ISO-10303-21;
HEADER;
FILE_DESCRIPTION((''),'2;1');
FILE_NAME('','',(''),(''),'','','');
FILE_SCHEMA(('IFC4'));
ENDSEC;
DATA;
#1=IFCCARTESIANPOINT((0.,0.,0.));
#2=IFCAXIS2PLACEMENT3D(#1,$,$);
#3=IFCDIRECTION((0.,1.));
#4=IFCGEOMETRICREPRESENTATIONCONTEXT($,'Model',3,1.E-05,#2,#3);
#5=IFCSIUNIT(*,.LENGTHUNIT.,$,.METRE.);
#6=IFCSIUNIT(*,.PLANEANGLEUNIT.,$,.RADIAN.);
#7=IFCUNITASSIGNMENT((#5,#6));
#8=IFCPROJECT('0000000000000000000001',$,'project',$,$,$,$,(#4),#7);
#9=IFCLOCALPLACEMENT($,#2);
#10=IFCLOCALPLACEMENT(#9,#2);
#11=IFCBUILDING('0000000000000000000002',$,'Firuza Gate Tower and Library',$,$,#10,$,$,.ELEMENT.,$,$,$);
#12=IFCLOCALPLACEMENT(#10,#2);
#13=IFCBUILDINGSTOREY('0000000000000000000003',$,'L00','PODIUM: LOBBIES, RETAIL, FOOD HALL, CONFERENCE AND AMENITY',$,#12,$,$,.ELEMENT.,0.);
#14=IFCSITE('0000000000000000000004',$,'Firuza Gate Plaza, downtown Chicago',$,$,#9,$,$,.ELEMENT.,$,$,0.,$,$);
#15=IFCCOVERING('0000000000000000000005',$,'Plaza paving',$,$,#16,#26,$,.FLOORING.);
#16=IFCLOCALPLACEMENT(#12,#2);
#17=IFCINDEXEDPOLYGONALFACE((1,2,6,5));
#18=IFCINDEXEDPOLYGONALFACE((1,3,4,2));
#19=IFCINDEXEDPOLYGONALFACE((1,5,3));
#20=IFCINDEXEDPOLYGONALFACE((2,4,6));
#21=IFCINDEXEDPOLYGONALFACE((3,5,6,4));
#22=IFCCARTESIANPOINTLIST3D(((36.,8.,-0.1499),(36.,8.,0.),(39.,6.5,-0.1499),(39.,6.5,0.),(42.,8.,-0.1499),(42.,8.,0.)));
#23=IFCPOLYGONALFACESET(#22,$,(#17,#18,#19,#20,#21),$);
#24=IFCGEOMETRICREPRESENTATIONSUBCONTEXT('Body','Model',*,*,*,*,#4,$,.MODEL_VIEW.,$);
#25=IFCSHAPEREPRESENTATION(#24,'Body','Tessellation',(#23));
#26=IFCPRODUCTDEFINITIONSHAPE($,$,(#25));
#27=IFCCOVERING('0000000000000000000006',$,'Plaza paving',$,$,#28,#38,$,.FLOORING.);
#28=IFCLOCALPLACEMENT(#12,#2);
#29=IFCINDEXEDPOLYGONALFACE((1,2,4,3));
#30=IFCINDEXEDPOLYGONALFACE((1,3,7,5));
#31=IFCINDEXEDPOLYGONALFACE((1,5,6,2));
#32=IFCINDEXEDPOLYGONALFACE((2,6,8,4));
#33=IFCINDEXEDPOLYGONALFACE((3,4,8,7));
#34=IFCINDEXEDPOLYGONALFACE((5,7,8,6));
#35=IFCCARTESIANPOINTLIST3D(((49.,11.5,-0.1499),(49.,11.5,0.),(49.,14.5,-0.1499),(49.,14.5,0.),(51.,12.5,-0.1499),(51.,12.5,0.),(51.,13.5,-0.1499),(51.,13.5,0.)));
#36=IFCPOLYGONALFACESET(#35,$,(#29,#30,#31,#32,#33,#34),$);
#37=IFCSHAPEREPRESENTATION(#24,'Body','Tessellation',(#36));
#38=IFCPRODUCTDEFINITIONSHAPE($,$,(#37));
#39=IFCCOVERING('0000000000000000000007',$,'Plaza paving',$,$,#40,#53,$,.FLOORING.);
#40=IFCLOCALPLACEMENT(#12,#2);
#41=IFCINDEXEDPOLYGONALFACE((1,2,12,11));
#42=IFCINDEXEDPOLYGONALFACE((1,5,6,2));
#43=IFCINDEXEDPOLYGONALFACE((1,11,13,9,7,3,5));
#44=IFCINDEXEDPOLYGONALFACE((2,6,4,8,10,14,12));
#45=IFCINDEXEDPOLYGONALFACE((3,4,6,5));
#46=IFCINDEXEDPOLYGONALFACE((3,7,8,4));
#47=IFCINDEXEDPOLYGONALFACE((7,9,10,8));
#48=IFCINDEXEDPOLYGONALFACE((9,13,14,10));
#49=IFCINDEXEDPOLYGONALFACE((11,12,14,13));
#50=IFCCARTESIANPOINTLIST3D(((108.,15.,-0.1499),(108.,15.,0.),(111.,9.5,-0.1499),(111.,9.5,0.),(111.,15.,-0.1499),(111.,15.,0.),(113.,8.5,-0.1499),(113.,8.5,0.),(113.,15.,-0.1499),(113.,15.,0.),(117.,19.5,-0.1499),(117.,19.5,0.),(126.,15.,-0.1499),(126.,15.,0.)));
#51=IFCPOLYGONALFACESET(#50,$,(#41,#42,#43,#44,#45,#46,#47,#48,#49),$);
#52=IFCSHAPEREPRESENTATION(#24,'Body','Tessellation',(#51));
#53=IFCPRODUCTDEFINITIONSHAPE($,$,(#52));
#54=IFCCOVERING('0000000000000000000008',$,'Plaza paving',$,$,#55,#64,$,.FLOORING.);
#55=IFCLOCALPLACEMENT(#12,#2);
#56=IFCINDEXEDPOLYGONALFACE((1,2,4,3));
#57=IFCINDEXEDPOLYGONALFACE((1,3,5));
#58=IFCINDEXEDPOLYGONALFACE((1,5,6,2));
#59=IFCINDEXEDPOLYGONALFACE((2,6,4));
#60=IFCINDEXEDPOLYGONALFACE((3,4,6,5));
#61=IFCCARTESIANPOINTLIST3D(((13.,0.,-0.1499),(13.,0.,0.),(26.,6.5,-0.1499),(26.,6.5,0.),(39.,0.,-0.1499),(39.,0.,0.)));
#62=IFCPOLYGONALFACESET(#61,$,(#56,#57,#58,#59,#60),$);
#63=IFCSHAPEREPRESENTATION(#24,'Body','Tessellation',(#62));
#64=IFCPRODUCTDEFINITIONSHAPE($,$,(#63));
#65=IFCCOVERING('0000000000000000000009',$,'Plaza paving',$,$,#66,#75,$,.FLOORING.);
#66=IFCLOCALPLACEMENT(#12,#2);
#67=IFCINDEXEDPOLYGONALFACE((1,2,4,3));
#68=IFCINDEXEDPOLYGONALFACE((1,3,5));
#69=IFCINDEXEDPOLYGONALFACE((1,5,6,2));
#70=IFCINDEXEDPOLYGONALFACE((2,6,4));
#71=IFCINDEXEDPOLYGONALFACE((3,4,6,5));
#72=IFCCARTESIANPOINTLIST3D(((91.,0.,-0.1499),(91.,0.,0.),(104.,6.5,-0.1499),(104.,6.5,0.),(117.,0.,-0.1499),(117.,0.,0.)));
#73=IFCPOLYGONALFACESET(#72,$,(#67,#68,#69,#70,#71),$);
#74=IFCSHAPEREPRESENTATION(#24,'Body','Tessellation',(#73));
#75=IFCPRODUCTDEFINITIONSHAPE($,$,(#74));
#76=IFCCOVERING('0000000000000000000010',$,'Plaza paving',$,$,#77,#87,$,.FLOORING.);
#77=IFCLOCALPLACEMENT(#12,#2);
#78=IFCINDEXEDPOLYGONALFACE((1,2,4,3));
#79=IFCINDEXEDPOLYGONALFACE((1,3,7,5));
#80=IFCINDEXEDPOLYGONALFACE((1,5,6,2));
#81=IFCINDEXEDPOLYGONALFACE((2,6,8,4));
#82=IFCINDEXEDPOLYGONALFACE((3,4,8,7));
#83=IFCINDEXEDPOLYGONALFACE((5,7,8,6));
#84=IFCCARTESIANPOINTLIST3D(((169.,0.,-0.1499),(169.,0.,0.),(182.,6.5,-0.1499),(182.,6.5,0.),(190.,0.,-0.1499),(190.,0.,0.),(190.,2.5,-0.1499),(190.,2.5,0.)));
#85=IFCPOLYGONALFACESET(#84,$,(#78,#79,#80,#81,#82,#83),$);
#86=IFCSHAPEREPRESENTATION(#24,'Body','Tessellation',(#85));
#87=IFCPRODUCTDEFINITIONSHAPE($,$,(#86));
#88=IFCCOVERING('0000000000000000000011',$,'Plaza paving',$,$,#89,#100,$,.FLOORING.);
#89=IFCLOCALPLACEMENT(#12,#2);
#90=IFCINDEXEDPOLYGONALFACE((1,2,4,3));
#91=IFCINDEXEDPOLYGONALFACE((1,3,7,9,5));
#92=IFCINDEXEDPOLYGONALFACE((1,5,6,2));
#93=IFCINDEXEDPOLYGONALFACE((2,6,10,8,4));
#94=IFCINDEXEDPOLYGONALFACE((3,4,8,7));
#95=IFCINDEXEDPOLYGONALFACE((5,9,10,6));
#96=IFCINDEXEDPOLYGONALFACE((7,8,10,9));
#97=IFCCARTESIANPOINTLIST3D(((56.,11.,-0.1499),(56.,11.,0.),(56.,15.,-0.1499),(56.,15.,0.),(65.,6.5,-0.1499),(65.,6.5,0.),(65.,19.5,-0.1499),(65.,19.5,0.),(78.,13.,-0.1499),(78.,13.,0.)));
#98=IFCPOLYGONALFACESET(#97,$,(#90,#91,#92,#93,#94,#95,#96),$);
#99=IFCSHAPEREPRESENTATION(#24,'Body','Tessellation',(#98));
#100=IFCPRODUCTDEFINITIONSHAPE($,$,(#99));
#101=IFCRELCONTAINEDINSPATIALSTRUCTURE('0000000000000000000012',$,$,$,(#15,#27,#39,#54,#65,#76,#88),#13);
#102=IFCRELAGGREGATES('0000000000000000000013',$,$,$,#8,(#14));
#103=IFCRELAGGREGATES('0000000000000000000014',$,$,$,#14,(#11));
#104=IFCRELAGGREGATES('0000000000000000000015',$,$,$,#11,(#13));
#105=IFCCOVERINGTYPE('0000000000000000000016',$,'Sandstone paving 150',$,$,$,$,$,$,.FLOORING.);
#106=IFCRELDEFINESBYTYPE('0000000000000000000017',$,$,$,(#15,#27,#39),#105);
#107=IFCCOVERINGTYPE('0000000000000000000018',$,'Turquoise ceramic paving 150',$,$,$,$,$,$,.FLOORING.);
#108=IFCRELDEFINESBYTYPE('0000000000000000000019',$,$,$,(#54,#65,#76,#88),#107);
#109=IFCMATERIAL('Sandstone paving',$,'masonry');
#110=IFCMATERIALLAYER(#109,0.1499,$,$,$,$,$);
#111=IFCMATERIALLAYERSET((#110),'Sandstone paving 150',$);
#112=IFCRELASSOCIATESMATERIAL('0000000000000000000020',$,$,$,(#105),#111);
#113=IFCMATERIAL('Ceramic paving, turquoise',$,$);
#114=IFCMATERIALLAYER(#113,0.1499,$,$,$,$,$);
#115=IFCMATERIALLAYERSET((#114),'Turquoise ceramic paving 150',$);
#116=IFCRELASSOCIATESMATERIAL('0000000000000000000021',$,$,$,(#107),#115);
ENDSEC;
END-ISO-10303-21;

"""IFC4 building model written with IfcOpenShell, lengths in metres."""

from ifc_helpers import new_model, si_unit, direction, frame, origin, place, context, subcontext, project, spatial, polyline, outline, extrude, material, layer, layer_set, type_object, element, save


model = new_model("IFC4")

# Units and contexts
model_context = context("Model", 3, precision=1e-05, world=origin(), true_north=direction((0.0, 1.0)))
body_context = subcontext(model_context, "Body", "Model", "MODEL_VIEW")
ifc_project = project(units=[si_unit("LENGTHUNIT", "METRE"), si_unit("PLANEANGLEUNIT", "RADIAN")], contexts=[model_context])

# Site, building, storey
site_placement = place(None, origin())
site = spatial("IfcSite", under=ifc_project, at=site_placement, Name="Firuza Gate Plaza, downtown Chicago", CompositionType="ELEMENT", RefElevation=0.0)
building_placement = place(site_placement, origin())
building = spatial("IfcBuilding", under=site, at=building_placement, Name="Firuza Gate Tower and Library", CompositionType="ELEMENT")
storey_placement = place(building_placement, origin())
storey = spatial("IfcBuildingStorey", under=building, at=storey_placement, Name="L00", Description="PODIUM: LOBBIES, RETAIL, FOOD HALL, CONFERENCE AND AMENITY", CompositionType="ELEMENT", Elevation=0.0)

# Coverings
placement_1 = place(storey_placement, frame((0.0, 0.0, -0.1499)))
ifc_material_1 = material(Name="Sandstone paving", Category="masonry")
ifc_layer_1 = layer(ifc_material_1, 0.1499)
ifc_layer_set_1 = layer_set([ifc_layer_1], Name="Sandstone paving 150")
covering_type_1 = type_object("IfcCoveringType", Name="Sandstone paving 150", PredefinedType="FLOORING", material=ifc_layer_set_1)
element("IfcCovering", 1, at=placement_1, inside=storey, type_object=covering_type_1, Name="Plaza paving", PredefinedType="FLOORING", context=body_context, shape_type="SweptSolid", body=[
    extrude(outline(polyline([(39.0, 6.5), (36.0, 8.0), (42.0, 8.0), (39.0, 6.5)])), origin(), (0.0, 0.0, 1.0), 0.1499),
])
element("IfcCovering", 2, at=placement_1, inside=storey, type_object=covering_type_1, Name="Plaza paving", PredefinedType="FLOORING", context=body_context, shape_type="SweptSolid", body=[
    extrude(outline(polyline([(49.0, 11.5), (49.0, 14.5), (51.0, 13.5), (51.0, 12.5), (49.0, 11.5)])), origin(), (0.0, 0.0, 1.0), 0.1499),
])
element("IfcCovering", 3, at=placement_1, inside=storey, type_object=covering_type_1, Name="Plaza paving", PredefinedType="FLOORING", context=body_context, shape_type="SweptSolid", body=[
    extrude(outline(polyline([(111.0, 9.5), (111.0, 15.0), (108.0, 15.0), (117.0, 19.5), (126.0, 15.0), (113.0, 15.0), (113.0, 8.5), (111.0, 9.5)])), origin(), (0.0, 0.0, 1.0), 0.1499),
])
ifc_material_2 = material(Name="Ceramic paving, turquoise")
ifc_layer_2 = layer(ifc_material_2, 0.1499)
ifc_layer_set_2 = layer_set([ifc_layer_2], Name="Turquoise ceramic paving 150")
covering_type_2 = type_object("IfcCoveringType", Name="Turquoise ceramic paving 150", PredefinedType="FLOORING", material=ifc_layer_set_2)
element("IfcCovering", 4, at=placement_1, inside=storey, type_object=covering_type_2, Name="Plaza paving", PredefinedType="FLOORING", context=body_context, shape_type="SweptSolid", body=[
    extrude(outline(polyline([(26.0, 6.5), (39.0, 0.0), (13.0, 0.0), (26.0, 6.5)])), origin(), (0.0, 0.0, 1.0), 0.1499),
])
element("IfcCovering", 5, at=placement_1, inside=storey, type_object=covering_type_2, Name="Plaza paving", PredefinedType="FLOORING", context=body_context, shape_type="SweptSolid", body=[
    extrude(outline(polyline([(104.0, 6.5), (117.0, 0.0), (91.0, 0.0), (104.0, 6.5)])), origin(), (0.0, 0.0, 1.0), 0.1499),
])
element("IfcCovering", 6, at=placement_1, inside=storey, type_object=covering_type_2, Name="Plaza paving", PredefinedType="FLOORING", context=body_context, shape_type="SweptSolid", body=[
    extrude(outline(polyline([(182.0, 6.5), (190.0, 2.5), (190.0, 0.0), (169.0, 0.0), (182.0, 6.5)])), origin(), (0.0, 0.0, 1.0), 0.1499),
])
element("IfcCovering", 7, at=placement_1, inside=storey, type_object=covering_type_2, Name="Plaza paving", PredefinedType="FLOORING", context=body_context, shape_type="SweptSolid", body=[
    extrude(outline(polyline([(65.0, 19.5), (78.0, 13.0), (65.0, 6.5), (56.0, 11.0), (56.0, 15.0), (65.0, 19.5)])), origin(), (0.0, 0.0, 1.0), 0.1499),
])

save(model, "model.ifc")
